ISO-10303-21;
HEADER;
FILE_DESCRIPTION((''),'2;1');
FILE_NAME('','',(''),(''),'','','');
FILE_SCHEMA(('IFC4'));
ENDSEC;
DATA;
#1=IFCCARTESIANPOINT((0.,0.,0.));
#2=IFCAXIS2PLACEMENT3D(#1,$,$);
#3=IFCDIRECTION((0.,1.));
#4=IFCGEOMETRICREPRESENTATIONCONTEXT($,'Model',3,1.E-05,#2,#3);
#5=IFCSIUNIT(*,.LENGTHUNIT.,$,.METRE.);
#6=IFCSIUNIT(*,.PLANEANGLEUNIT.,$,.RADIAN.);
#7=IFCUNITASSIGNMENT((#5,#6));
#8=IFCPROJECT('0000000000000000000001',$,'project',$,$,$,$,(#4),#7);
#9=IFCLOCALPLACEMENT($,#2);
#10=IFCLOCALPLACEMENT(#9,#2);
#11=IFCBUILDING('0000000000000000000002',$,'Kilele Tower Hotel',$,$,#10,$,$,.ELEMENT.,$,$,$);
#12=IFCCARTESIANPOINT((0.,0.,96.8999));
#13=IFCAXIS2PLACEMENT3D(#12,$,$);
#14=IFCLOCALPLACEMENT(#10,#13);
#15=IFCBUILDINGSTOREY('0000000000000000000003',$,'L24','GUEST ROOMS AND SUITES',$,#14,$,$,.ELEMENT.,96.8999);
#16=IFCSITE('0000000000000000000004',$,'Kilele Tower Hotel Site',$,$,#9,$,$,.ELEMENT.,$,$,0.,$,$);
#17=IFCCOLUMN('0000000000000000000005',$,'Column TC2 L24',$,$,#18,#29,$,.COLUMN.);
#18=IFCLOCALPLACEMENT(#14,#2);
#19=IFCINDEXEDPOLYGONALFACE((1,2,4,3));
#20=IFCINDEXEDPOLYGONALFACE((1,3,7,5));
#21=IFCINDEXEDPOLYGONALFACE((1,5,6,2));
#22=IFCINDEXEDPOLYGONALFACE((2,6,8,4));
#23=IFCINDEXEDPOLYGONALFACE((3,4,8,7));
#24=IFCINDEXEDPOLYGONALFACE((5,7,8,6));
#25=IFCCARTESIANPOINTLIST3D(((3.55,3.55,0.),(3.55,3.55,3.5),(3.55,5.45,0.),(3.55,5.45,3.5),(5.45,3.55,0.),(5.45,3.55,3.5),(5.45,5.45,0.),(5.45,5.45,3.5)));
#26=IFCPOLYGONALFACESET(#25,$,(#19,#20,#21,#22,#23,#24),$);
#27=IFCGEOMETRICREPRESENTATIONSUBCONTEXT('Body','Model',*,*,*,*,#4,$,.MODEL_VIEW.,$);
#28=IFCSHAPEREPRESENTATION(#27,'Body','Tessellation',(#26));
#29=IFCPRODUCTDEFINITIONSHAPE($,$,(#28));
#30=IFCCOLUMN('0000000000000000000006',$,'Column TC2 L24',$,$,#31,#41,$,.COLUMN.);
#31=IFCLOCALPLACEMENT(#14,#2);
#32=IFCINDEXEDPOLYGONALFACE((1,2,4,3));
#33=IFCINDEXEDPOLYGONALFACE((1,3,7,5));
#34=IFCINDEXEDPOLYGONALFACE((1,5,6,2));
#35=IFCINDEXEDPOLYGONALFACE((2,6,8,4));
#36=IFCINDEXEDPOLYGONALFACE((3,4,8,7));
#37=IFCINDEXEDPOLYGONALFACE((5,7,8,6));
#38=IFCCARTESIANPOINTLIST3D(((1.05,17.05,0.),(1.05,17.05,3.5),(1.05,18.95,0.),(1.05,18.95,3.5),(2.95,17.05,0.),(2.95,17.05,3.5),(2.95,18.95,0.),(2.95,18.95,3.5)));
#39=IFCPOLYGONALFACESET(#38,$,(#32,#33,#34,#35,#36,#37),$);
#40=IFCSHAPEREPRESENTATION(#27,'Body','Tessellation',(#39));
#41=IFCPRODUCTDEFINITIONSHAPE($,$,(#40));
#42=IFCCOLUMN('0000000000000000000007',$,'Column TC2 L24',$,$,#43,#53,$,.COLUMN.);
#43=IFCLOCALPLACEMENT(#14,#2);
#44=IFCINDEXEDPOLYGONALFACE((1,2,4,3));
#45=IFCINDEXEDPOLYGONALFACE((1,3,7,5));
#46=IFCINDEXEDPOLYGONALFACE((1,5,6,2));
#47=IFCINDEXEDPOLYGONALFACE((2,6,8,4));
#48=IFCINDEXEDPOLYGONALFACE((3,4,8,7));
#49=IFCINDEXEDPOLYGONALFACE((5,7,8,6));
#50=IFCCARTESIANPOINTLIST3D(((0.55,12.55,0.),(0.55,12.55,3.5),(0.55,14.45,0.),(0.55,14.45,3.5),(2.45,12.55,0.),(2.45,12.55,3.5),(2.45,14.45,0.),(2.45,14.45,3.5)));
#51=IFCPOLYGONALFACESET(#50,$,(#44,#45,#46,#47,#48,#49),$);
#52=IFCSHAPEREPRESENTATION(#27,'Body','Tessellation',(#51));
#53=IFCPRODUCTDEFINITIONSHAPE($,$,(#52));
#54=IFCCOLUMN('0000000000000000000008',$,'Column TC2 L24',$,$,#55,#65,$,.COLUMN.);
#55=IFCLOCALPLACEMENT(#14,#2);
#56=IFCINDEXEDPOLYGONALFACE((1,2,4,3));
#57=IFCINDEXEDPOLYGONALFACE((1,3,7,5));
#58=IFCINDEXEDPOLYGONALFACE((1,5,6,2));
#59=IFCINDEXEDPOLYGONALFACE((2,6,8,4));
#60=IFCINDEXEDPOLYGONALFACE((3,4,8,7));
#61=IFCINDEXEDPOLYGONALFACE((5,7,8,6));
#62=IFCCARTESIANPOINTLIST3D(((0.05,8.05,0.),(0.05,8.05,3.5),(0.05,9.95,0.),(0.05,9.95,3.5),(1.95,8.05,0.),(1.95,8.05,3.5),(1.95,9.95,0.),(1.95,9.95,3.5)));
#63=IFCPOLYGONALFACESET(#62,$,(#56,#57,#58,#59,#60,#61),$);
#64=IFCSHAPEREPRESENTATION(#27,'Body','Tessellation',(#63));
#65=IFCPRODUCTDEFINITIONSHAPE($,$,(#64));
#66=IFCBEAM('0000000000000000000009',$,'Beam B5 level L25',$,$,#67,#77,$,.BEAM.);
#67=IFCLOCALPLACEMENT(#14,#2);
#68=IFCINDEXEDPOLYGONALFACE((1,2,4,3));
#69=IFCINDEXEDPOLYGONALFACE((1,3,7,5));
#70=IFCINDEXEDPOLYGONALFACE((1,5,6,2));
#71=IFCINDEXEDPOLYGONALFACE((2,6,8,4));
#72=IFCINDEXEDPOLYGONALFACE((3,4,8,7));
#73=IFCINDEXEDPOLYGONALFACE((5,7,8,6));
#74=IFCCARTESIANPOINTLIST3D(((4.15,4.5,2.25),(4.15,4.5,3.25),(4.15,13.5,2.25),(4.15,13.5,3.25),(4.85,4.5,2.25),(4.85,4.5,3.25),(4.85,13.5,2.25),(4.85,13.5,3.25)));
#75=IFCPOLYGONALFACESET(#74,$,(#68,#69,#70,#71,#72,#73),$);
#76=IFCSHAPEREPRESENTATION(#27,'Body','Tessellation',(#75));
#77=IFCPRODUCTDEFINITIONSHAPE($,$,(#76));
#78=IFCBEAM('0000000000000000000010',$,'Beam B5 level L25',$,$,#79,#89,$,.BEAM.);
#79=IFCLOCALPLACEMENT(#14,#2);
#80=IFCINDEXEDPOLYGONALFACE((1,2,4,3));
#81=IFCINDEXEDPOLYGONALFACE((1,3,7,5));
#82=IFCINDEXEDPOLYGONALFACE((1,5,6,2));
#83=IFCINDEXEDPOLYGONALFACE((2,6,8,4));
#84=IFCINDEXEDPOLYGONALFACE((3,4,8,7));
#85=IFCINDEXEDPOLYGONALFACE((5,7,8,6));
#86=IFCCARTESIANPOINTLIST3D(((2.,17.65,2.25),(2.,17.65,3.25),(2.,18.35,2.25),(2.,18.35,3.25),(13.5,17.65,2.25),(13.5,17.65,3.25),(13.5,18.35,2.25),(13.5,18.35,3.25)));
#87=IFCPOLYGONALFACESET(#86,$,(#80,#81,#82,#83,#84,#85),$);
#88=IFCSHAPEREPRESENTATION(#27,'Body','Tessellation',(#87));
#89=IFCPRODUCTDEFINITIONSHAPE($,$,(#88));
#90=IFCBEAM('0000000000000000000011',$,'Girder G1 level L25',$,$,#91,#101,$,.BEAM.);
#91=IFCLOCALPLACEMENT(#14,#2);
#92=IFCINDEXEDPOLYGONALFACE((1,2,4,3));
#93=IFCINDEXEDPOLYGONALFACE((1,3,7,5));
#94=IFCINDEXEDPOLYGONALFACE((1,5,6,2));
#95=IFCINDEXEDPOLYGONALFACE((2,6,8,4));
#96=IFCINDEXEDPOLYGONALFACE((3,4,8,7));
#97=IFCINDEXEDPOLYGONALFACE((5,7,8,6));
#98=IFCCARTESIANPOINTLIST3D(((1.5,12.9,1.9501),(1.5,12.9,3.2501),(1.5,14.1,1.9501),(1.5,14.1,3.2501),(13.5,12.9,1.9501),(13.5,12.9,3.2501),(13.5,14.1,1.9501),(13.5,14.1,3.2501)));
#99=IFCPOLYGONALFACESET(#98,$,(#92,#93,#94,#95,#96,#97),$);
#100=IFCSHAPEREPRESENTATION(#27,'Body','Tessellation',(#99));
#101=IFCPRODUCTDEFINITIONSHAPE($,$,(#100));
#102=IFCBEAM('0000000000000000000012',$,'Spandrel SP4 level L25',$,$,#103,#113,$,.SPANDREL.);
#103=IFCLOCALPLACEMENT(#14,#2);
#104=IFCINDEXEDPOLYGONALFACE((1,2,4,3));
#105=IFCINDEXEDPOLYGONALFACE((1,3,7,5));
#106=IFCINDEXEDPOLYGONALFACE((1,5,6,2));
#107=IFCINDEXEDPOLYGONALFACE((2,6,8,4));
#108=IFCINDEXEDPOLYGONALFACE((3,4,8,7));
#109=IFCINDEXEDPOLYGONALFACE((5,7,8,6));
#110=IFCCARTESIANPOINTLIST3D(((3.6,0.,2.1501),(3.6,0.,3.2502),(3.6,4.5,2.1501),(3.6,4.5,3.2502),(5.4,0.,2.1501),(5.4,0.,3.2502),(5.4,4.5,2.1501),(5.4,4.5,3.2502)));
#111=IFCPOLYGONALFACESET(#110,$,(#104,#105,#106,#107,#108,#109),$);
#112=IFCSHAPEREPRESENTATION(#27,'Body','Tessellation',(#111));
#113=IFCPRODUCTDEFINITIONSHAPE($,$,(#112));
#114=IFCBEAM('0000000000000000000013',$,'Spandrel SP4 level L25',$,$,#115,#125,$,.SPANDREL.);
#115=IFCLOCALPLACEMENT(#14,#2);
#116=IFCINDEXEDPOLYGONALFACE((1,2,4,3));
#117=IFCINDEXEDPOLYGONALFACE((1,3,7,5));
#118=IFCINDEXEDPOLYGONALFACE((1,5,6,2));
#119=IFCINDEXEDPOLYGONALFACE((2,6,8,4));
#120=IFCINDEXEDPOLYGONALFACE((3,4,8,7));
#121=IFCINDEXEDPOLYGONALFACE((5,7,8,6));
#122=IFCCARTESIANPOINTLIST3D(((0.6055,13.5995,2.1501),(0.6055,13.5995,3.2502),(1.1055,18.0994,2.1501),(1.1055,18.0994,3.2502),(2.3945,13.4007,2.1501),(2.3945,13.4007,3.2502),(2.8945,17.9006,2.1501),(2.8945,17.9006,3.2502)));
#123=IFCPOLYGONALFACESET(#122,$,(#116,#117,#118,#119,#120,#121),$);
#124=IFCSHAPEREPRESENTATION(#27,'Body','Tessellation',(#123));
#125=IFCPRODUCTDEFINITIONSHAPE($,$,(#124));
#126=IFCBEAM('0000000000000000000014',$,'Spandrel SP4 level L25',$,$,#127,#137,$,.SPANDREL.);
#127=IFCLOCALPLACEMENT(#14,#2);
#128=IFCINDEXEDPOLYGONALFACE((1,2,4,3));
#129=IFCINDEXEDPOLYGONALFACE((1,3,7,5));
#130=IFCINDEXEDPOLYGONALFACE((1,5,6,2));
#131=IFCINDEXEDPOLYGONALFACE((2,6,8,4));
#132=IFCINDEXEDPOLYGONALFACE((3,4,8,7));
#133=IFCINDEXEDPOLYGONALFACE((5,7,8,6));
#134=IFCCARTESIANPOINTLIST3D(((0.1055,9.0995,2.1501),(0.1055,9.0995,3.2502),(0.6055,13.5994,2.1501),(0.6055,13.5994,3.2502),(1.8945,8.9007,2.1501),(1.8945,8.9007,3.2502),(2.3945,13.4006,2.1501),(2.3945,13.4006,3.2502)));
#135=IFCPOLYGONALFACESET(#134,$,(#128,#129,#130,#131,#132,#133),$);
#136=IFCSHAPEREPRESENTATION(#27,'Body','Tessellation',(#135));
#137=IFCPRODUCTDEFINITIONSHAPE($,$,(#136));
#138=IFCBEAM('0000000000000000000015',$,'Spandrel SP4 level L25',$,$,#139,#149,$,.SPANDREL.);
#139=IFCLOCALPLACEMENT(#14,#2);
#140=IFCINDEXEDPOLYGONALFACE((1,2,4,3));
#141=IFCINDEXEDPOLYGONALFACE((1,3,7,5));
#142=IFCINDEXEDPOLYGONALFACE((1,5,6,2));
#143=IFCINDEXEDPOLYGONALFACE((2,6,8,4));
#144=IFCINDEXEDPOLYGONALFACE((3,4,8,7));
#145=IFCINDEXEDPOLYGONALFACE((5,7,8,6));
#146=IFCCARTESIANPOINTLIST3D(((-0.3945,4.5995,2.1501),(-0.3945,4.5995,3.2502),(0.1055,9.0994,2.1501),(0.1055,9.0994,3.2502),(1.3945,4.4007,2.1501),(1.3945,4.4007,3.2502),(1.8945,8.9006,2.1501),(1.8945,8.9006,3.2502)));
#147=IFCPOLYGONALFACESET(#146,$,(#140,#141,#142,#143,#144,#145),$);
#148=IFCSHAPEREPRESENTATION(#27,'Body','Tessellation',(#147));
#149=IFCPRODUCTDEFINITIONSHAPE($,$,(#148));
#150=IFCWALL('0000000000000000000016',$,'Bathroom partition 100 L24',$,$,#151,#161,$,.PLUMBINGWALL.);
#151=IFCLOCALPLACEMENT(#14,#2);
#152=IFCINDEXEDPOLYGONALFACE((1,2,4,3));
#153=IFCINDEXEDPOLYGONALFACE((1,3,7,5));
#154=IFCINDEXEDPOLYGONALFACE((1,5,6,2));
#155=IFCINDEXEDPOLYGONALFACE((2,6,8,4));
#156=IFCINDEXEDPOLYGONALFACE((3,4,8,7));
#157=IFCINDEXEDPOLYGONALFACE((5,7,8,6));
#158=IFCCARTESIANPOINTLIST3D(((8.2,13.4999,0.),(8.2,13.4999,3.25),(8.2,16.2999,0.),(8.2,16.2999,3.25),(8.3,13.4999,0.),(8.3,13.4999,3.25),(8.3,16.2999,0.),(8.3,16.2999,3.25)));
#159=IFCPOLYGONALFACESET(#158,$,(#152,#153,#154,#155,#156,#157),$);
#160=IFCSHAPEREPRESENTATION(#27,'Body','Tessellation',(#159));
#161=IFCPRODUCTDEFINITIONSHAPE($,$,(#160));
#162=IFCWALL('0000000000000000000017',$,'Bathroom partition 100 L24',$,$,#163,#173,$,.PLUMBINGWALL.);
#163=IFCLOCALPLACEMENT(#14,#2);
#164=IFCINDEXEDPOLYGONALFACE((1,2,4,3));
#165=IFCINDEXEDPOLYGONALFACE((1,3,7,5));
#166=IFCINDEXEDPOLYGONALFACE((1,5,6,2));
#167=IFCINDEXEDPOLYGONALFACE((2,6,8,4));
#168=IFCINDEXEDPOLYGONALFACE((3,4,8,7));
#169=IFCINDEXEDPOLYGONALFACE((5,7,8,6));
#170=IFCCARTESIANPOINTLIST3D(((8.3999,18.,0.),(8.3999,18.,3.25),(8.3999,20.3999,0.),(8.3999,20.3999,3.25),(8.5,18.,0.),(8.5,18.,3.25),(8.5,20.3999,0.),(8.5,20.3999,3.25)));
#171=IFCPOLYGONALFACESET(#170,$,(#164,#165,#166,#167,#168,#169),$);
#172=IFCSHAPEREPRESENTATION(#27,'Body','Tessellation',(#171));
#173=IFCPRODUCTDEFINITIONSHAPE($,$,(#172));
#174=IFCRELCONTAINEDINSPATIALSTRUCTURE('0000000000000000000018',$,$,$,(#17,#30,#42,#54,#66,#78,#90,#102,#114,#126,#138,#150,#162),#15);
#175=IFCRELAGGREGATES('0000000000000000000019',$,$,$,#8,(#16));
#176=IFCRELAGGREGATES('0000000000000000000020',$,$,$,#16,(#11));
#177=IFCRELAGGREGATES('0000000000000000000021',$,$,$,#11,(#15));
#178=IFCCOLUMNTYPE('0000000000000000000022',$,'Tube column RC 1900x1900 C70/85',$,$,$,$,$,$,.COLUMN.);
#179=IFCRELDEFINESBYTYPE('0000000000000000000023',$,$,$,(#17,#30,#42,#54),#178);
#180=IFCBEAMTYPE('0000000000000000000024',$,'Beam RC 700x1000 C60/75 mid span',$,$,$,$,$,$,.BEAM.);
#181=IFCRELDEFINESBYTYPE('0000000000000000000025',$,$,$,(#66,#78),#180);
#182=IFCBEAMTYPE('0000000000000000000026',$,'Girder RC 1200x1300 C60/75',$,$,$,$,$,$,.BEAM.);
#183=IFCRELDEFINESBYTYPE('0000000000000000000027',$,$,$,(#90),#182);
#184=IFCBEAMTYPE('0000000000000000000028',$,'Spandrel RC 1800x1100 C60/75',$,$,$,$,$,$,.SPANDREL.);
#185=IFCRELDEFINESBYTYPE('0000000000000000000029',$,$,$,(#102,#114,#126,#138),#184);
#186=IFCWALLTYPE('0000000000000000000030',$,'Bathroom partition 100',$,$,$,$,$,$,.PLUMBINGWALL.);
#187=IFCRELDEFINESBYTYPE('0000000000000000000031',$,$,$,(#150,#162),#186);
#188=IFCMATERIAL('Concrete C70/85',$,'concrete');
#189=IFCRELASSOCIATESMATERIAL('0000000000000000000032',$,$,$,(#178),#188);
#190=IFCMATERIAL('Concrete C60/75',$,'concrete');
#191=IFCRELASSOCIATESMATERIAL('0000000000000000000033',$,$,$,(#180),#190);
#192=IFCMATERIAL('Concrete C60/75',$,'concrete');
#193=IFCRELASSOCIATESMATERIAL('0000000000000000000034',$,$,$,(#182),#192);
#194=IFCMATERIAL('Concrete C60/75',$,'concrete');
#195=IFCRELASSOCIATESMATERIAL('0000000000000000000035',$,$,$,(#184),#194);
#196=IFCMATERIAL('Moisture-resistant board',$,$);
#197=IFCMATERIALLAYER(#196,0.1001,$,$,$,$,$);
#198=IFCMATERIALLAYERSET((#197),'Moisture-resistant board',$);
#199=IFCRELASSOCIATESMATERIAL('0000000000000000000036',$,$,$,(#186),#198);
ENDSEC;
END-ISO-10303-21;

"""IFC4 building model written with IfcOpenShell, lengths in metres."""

from ifc_helpers import new_model, si_unit, direction, frame, frame_2d, origin, origin_2d, place, context, subcontext, project, spatial, rectangle, extrude, material, layer, layer_set, material_profile, profile_set, type_object, element, save


model = new_model("IFC4")

# Units and contexts
model_context = context("Model", 3, precision=1e-05, world=origin(), true_north=direction((0.0, 1.0)))
body_context = subcontext(model_context, "Body", "Model", "MODEL_VIEW")
ifc_project = project(units=[si_unit("LENGTHUNIT", "METRE"), si_unit("PLANEANGLEUNIT", "RADIAN")], contexts=[model_context])

# Site, building, storey
site_placement = place(None, origin())
site = spatial("IfcSite", under=ifc_project, at=site_placement, Name="Kilele Tower Hotel Site", CompositionType="ELEMENT", RefElevation=0.0)
building_placement = place(site_placement, origin())
building = spatial("IfcBuilding", under=site, at=building_placement, Name="Kilele Tower Hotel", CompositionType="ELEMENT")
storey_placement = place(building_placement, frame((0.0, 0.0, 96.8999)))
storey = spatial("IfcBuildingStorey", under=building, at=storey_placement, Name="L24", Description="GUEST ROOMS AND SUITES", CompositionType="ELEMENT", Elevation=96.8999)

# Columns
ifc_material_1 = material(Name="Concrete C70/85", Category="concrete")
ifc_material_profile_1 = material_profile(ifc_material_1, rectangle(XDim=1.8999, YDim=1.8999, at=origin_2d()))
ifc_profile_set_1 = profile_set([ifc_material_profile_1], Name="Concrete C70/85")
column_type = type_object("IfcColumnType", Name="Tube column RC 1900x1900 C70/85", PredefinedType="COLUMN", material=ifc_profile_set_1)
for number, where, z_axis, x_axis, name in (
    (1, (4.5, 4.5, 0.0), (0.0, 0.0, 1.0), (1.0, 0.0, 0.0), "Column TC2 L24"),
    (2, (2.0, 18.0, 0.0), (0.0, 0.0, 1.0), (1.0, 0.0, 0.0), "Column TC2 L24"),
    (3, (1.5, 13.5, 0.0), (0.0, 0.0, 1.0), (1.0, 0.0, 0.0), "Column TC2 L24"),
    (4, (1.0, 9.0, 0.0), (0.0, 0.0, 1.0), (1.0, 0.0, 0.0), "Column TC2 L24"),
):
    element("IfcColumn", number, at=place(storey_placement, frame(where, z_axis=z_axis, x_axis=x_axis)), inside=storey, type_object=column_type, Name=name, PredefinedType="COLUMN", context=body_context, shape_type="SweptSolid", body=[
        extrude(rectangle(XDim=1.8999, YDim=1.8999, at=origin_2d()), origin(), (0.0, 0.0, 1.0), 3.5),
    ])

# Beams
ifc_material_2 = material(Name="Concrete C60/75", Category="concrete")
ifc_material_profile_2 = material_profile(ifc_material_2, rectangle(XDim=0.7, YDim=1.0, at=origin_2d()))
ifc_profile_set_2 = profile_set([ifc_material_profile_2], Name="Concrete C60/75")
beam_type_1 = type_object("IfcBeamType", Name="Beam RC 700x1000 C60/75 mid span", PredefinedType="BEAM", material=ifc_profile_set_2)
beam_1_placement = place(storey_placement, frame((4.5, 4.5, 2.75), z_axis=(0.0, 1.0, 0.0), x_axis=(-1.0, 0.0, 0.0)))
element("IfcBeam", 5, at=beam_1_placement, inside=storey, type_object=beam_type_1, Name="Beam B5 level L25", PredefinedType="BEAM", context=body_context, shape_type="SweptSolid", body=[
    extrude(rectangle(XDim=0.7, YDim=1.0, at=origin_2d()), origin(), (0.0, 0.0, 1.0), 9.0),
])
beam_2_placement = place(storey_placement, frame((2.0, 18.0, 2.75), z_axis=(1.0, 0.0, 0.0), x_axis=(0.0, 1.0, 0.0)))
element("IfcBeam", 6, at=beam_2_placement, inside=storey, type_object=beam_type_1, Name="Beam B5 level L25", PredefinedType="BEAM", context=body_context, shape_type="SweptSolid", body=[
    extrude(rectangle(XDim=0.7, YDim=1.0, at=origin_2d()), origin(), (0.0, 0.0, 1.0), 11.5),
])
ifc_material_3 = material(Name="Concrete C60/75", Category="concrete")
ifc_material_profile_3 = material_profile(ifc_material_3, rectangle(XDim=1.2, YDim=1.3, at=origin_2d()))
ifc_profile_set_3 = profile_set([ifc_material_profile_3], Name="Concrete C60/75")
beam_type_2 = type_object("IfcBeamType", Name="Girder RC 1200x1300 C60/75", PredefinedType="BEAM", material=ifc_profile_set_3)
beam_3_placement = place(storey_placement, frame((1.5, 13.5, 2.6001), z_axis=(1.0, 0.0, 0.0), x_axis=(0.0, 1.0, 0.0)))
element("IfcBeam", 7, at=beam_3_placement, inside=storey, type_object=beam_type_2, Name="Girder G1 level L25", PredefinedType="BEAM", context=body_context, shape_type="SweptSolid", body=[
    extrude(rectangle(XDim=1.2, YDim=1.3, at=origin_2d()), origin(), (0.0, 0.0, 1.0), 12.0),
])
ifc_material_4 = material(Name="Concrete C60/75", Category="concrete")
ifc_material_profile_4 = material_profile(ifc_material_4, rectangle(XDim=1.8, YDim=1.1001, at=origin_2d()))
ifc_profile_set_4 = profile_set([ifc_material_profile_4], Name="Concrete C60/75")
beam_type_3 = type_object("IfcBeamType", Name="Spandrel RC 1800x1100 C60/75", PredefinedType="SPANDREL", material=ifc_profile_set_4)
beam_4_placement = place(storey_placement, frame((4.5, 4.5, 2.7002), z_axis=(0.0, -1.0, 0.0), x_axis=(1.0, 0.0, 0.0)))
element("IfcBeam", 8, at=beam_4_placement, inside=storey, type_object=beam_type_3, Name="Spandrel SP4 level L25", PredefinedType="SPANDREL", context=body_context, shape_type="SweptSolid", body=[
    extrude(rectangle(XDim=1.8, YDim=1.1001, at=origin_2d()), origin(), (0.0, 0.0, 1.0), 4.5),
])
for number, where, z_axis, x_axis, name in (
    (9, (2.0, 18.0, 2.7002), (-0.110432, -0.993884, 0.0), (0.993884, -0.110432, 0.0), "Spandrel SP4 level L25"),
    (10, (1.5, 13.5, 2.7002), (-0.110432, -0.993884, 0.0), (0.993884, -0.110432, 0.0), "Spandrel SP4 level L25"),
    (11, (1.0, 9.0, 2.7002), (-0.110432, -0.993884, 0.0), (0.993884, -0.110432, 0.0), "Spandrel SP4 level L25"),
):
    element("IfcBeam", number, at=place(storey_placement, frame(where, z_axis=z_axis, x_axis=x_axis)), inside=storey, type_object=beam_type_3, Name=name, PredefinedType="SPANDREL", context=body_context, shape_type="SweptSolid", body=[
        extrude(rectangle(XDim=1.8, YDim=1.1001, at=origin_2d()), origin(), (0.0, 0.0, 1.0), 4.5276),
    ])

# Walls
ifc_material_5 = material(Name="Moisture-resistant board")
ifc_layer_1 = layer(ifc_material_5, 0.1001)
ifc_layer_set_1 = layer_set([ifc_layer_1], Name="Moisture-resistant board")
wall_type_1 = type_object("IfcWallType", Name="Bathroom partition 100", PredefinedType="PLUMBINGWALL", material=ifc_layer_set_1)
wall_1_placement = place(storey_placement, frame((8.25, 13.5, 0.0), z_axis=(0.0, 0.0, 1.0), x_axis=(0.0, 1.0, 0.0)))
element("IfcWall", 12, at=wall_1_placement, inside=storey, type_object=wall_type_1, Name="Bathroom partition 100 L24", PredefinedType="PLUMBINGWALL", context=body_context, shape_type="SweptSolid", body=[
    extrude(rectangle(XDim=2.8, YDim=0.1001, at=frame_2d((1.3999, 0.0))), origin(), (0.0, 0.0, 1.0), 3.25),
])
wall_2_placement = place(storey_placement, frame((8.45, 18.0, 0.0), z_axis=(0.0, 0.0, 1.0), x_axis=(0.0, 1.0, 0.0)))
element("IfcWall", 13, at=wall_2_placement, inside=storey, type_object=wall_type_1, Name="Bathroom partition 100 L24", PredefinedType="PLUMBINGWALL", context=body_context, shape_type="SweptSolid", body=[
    extrude(rectangle(XDim=2.3999, YDim=0.1001, at=frame_2d((1.2, 0.0))), origin(), (0.0, 0.0, 1.0), 3.25),
])

save(model, "model.ifc")
